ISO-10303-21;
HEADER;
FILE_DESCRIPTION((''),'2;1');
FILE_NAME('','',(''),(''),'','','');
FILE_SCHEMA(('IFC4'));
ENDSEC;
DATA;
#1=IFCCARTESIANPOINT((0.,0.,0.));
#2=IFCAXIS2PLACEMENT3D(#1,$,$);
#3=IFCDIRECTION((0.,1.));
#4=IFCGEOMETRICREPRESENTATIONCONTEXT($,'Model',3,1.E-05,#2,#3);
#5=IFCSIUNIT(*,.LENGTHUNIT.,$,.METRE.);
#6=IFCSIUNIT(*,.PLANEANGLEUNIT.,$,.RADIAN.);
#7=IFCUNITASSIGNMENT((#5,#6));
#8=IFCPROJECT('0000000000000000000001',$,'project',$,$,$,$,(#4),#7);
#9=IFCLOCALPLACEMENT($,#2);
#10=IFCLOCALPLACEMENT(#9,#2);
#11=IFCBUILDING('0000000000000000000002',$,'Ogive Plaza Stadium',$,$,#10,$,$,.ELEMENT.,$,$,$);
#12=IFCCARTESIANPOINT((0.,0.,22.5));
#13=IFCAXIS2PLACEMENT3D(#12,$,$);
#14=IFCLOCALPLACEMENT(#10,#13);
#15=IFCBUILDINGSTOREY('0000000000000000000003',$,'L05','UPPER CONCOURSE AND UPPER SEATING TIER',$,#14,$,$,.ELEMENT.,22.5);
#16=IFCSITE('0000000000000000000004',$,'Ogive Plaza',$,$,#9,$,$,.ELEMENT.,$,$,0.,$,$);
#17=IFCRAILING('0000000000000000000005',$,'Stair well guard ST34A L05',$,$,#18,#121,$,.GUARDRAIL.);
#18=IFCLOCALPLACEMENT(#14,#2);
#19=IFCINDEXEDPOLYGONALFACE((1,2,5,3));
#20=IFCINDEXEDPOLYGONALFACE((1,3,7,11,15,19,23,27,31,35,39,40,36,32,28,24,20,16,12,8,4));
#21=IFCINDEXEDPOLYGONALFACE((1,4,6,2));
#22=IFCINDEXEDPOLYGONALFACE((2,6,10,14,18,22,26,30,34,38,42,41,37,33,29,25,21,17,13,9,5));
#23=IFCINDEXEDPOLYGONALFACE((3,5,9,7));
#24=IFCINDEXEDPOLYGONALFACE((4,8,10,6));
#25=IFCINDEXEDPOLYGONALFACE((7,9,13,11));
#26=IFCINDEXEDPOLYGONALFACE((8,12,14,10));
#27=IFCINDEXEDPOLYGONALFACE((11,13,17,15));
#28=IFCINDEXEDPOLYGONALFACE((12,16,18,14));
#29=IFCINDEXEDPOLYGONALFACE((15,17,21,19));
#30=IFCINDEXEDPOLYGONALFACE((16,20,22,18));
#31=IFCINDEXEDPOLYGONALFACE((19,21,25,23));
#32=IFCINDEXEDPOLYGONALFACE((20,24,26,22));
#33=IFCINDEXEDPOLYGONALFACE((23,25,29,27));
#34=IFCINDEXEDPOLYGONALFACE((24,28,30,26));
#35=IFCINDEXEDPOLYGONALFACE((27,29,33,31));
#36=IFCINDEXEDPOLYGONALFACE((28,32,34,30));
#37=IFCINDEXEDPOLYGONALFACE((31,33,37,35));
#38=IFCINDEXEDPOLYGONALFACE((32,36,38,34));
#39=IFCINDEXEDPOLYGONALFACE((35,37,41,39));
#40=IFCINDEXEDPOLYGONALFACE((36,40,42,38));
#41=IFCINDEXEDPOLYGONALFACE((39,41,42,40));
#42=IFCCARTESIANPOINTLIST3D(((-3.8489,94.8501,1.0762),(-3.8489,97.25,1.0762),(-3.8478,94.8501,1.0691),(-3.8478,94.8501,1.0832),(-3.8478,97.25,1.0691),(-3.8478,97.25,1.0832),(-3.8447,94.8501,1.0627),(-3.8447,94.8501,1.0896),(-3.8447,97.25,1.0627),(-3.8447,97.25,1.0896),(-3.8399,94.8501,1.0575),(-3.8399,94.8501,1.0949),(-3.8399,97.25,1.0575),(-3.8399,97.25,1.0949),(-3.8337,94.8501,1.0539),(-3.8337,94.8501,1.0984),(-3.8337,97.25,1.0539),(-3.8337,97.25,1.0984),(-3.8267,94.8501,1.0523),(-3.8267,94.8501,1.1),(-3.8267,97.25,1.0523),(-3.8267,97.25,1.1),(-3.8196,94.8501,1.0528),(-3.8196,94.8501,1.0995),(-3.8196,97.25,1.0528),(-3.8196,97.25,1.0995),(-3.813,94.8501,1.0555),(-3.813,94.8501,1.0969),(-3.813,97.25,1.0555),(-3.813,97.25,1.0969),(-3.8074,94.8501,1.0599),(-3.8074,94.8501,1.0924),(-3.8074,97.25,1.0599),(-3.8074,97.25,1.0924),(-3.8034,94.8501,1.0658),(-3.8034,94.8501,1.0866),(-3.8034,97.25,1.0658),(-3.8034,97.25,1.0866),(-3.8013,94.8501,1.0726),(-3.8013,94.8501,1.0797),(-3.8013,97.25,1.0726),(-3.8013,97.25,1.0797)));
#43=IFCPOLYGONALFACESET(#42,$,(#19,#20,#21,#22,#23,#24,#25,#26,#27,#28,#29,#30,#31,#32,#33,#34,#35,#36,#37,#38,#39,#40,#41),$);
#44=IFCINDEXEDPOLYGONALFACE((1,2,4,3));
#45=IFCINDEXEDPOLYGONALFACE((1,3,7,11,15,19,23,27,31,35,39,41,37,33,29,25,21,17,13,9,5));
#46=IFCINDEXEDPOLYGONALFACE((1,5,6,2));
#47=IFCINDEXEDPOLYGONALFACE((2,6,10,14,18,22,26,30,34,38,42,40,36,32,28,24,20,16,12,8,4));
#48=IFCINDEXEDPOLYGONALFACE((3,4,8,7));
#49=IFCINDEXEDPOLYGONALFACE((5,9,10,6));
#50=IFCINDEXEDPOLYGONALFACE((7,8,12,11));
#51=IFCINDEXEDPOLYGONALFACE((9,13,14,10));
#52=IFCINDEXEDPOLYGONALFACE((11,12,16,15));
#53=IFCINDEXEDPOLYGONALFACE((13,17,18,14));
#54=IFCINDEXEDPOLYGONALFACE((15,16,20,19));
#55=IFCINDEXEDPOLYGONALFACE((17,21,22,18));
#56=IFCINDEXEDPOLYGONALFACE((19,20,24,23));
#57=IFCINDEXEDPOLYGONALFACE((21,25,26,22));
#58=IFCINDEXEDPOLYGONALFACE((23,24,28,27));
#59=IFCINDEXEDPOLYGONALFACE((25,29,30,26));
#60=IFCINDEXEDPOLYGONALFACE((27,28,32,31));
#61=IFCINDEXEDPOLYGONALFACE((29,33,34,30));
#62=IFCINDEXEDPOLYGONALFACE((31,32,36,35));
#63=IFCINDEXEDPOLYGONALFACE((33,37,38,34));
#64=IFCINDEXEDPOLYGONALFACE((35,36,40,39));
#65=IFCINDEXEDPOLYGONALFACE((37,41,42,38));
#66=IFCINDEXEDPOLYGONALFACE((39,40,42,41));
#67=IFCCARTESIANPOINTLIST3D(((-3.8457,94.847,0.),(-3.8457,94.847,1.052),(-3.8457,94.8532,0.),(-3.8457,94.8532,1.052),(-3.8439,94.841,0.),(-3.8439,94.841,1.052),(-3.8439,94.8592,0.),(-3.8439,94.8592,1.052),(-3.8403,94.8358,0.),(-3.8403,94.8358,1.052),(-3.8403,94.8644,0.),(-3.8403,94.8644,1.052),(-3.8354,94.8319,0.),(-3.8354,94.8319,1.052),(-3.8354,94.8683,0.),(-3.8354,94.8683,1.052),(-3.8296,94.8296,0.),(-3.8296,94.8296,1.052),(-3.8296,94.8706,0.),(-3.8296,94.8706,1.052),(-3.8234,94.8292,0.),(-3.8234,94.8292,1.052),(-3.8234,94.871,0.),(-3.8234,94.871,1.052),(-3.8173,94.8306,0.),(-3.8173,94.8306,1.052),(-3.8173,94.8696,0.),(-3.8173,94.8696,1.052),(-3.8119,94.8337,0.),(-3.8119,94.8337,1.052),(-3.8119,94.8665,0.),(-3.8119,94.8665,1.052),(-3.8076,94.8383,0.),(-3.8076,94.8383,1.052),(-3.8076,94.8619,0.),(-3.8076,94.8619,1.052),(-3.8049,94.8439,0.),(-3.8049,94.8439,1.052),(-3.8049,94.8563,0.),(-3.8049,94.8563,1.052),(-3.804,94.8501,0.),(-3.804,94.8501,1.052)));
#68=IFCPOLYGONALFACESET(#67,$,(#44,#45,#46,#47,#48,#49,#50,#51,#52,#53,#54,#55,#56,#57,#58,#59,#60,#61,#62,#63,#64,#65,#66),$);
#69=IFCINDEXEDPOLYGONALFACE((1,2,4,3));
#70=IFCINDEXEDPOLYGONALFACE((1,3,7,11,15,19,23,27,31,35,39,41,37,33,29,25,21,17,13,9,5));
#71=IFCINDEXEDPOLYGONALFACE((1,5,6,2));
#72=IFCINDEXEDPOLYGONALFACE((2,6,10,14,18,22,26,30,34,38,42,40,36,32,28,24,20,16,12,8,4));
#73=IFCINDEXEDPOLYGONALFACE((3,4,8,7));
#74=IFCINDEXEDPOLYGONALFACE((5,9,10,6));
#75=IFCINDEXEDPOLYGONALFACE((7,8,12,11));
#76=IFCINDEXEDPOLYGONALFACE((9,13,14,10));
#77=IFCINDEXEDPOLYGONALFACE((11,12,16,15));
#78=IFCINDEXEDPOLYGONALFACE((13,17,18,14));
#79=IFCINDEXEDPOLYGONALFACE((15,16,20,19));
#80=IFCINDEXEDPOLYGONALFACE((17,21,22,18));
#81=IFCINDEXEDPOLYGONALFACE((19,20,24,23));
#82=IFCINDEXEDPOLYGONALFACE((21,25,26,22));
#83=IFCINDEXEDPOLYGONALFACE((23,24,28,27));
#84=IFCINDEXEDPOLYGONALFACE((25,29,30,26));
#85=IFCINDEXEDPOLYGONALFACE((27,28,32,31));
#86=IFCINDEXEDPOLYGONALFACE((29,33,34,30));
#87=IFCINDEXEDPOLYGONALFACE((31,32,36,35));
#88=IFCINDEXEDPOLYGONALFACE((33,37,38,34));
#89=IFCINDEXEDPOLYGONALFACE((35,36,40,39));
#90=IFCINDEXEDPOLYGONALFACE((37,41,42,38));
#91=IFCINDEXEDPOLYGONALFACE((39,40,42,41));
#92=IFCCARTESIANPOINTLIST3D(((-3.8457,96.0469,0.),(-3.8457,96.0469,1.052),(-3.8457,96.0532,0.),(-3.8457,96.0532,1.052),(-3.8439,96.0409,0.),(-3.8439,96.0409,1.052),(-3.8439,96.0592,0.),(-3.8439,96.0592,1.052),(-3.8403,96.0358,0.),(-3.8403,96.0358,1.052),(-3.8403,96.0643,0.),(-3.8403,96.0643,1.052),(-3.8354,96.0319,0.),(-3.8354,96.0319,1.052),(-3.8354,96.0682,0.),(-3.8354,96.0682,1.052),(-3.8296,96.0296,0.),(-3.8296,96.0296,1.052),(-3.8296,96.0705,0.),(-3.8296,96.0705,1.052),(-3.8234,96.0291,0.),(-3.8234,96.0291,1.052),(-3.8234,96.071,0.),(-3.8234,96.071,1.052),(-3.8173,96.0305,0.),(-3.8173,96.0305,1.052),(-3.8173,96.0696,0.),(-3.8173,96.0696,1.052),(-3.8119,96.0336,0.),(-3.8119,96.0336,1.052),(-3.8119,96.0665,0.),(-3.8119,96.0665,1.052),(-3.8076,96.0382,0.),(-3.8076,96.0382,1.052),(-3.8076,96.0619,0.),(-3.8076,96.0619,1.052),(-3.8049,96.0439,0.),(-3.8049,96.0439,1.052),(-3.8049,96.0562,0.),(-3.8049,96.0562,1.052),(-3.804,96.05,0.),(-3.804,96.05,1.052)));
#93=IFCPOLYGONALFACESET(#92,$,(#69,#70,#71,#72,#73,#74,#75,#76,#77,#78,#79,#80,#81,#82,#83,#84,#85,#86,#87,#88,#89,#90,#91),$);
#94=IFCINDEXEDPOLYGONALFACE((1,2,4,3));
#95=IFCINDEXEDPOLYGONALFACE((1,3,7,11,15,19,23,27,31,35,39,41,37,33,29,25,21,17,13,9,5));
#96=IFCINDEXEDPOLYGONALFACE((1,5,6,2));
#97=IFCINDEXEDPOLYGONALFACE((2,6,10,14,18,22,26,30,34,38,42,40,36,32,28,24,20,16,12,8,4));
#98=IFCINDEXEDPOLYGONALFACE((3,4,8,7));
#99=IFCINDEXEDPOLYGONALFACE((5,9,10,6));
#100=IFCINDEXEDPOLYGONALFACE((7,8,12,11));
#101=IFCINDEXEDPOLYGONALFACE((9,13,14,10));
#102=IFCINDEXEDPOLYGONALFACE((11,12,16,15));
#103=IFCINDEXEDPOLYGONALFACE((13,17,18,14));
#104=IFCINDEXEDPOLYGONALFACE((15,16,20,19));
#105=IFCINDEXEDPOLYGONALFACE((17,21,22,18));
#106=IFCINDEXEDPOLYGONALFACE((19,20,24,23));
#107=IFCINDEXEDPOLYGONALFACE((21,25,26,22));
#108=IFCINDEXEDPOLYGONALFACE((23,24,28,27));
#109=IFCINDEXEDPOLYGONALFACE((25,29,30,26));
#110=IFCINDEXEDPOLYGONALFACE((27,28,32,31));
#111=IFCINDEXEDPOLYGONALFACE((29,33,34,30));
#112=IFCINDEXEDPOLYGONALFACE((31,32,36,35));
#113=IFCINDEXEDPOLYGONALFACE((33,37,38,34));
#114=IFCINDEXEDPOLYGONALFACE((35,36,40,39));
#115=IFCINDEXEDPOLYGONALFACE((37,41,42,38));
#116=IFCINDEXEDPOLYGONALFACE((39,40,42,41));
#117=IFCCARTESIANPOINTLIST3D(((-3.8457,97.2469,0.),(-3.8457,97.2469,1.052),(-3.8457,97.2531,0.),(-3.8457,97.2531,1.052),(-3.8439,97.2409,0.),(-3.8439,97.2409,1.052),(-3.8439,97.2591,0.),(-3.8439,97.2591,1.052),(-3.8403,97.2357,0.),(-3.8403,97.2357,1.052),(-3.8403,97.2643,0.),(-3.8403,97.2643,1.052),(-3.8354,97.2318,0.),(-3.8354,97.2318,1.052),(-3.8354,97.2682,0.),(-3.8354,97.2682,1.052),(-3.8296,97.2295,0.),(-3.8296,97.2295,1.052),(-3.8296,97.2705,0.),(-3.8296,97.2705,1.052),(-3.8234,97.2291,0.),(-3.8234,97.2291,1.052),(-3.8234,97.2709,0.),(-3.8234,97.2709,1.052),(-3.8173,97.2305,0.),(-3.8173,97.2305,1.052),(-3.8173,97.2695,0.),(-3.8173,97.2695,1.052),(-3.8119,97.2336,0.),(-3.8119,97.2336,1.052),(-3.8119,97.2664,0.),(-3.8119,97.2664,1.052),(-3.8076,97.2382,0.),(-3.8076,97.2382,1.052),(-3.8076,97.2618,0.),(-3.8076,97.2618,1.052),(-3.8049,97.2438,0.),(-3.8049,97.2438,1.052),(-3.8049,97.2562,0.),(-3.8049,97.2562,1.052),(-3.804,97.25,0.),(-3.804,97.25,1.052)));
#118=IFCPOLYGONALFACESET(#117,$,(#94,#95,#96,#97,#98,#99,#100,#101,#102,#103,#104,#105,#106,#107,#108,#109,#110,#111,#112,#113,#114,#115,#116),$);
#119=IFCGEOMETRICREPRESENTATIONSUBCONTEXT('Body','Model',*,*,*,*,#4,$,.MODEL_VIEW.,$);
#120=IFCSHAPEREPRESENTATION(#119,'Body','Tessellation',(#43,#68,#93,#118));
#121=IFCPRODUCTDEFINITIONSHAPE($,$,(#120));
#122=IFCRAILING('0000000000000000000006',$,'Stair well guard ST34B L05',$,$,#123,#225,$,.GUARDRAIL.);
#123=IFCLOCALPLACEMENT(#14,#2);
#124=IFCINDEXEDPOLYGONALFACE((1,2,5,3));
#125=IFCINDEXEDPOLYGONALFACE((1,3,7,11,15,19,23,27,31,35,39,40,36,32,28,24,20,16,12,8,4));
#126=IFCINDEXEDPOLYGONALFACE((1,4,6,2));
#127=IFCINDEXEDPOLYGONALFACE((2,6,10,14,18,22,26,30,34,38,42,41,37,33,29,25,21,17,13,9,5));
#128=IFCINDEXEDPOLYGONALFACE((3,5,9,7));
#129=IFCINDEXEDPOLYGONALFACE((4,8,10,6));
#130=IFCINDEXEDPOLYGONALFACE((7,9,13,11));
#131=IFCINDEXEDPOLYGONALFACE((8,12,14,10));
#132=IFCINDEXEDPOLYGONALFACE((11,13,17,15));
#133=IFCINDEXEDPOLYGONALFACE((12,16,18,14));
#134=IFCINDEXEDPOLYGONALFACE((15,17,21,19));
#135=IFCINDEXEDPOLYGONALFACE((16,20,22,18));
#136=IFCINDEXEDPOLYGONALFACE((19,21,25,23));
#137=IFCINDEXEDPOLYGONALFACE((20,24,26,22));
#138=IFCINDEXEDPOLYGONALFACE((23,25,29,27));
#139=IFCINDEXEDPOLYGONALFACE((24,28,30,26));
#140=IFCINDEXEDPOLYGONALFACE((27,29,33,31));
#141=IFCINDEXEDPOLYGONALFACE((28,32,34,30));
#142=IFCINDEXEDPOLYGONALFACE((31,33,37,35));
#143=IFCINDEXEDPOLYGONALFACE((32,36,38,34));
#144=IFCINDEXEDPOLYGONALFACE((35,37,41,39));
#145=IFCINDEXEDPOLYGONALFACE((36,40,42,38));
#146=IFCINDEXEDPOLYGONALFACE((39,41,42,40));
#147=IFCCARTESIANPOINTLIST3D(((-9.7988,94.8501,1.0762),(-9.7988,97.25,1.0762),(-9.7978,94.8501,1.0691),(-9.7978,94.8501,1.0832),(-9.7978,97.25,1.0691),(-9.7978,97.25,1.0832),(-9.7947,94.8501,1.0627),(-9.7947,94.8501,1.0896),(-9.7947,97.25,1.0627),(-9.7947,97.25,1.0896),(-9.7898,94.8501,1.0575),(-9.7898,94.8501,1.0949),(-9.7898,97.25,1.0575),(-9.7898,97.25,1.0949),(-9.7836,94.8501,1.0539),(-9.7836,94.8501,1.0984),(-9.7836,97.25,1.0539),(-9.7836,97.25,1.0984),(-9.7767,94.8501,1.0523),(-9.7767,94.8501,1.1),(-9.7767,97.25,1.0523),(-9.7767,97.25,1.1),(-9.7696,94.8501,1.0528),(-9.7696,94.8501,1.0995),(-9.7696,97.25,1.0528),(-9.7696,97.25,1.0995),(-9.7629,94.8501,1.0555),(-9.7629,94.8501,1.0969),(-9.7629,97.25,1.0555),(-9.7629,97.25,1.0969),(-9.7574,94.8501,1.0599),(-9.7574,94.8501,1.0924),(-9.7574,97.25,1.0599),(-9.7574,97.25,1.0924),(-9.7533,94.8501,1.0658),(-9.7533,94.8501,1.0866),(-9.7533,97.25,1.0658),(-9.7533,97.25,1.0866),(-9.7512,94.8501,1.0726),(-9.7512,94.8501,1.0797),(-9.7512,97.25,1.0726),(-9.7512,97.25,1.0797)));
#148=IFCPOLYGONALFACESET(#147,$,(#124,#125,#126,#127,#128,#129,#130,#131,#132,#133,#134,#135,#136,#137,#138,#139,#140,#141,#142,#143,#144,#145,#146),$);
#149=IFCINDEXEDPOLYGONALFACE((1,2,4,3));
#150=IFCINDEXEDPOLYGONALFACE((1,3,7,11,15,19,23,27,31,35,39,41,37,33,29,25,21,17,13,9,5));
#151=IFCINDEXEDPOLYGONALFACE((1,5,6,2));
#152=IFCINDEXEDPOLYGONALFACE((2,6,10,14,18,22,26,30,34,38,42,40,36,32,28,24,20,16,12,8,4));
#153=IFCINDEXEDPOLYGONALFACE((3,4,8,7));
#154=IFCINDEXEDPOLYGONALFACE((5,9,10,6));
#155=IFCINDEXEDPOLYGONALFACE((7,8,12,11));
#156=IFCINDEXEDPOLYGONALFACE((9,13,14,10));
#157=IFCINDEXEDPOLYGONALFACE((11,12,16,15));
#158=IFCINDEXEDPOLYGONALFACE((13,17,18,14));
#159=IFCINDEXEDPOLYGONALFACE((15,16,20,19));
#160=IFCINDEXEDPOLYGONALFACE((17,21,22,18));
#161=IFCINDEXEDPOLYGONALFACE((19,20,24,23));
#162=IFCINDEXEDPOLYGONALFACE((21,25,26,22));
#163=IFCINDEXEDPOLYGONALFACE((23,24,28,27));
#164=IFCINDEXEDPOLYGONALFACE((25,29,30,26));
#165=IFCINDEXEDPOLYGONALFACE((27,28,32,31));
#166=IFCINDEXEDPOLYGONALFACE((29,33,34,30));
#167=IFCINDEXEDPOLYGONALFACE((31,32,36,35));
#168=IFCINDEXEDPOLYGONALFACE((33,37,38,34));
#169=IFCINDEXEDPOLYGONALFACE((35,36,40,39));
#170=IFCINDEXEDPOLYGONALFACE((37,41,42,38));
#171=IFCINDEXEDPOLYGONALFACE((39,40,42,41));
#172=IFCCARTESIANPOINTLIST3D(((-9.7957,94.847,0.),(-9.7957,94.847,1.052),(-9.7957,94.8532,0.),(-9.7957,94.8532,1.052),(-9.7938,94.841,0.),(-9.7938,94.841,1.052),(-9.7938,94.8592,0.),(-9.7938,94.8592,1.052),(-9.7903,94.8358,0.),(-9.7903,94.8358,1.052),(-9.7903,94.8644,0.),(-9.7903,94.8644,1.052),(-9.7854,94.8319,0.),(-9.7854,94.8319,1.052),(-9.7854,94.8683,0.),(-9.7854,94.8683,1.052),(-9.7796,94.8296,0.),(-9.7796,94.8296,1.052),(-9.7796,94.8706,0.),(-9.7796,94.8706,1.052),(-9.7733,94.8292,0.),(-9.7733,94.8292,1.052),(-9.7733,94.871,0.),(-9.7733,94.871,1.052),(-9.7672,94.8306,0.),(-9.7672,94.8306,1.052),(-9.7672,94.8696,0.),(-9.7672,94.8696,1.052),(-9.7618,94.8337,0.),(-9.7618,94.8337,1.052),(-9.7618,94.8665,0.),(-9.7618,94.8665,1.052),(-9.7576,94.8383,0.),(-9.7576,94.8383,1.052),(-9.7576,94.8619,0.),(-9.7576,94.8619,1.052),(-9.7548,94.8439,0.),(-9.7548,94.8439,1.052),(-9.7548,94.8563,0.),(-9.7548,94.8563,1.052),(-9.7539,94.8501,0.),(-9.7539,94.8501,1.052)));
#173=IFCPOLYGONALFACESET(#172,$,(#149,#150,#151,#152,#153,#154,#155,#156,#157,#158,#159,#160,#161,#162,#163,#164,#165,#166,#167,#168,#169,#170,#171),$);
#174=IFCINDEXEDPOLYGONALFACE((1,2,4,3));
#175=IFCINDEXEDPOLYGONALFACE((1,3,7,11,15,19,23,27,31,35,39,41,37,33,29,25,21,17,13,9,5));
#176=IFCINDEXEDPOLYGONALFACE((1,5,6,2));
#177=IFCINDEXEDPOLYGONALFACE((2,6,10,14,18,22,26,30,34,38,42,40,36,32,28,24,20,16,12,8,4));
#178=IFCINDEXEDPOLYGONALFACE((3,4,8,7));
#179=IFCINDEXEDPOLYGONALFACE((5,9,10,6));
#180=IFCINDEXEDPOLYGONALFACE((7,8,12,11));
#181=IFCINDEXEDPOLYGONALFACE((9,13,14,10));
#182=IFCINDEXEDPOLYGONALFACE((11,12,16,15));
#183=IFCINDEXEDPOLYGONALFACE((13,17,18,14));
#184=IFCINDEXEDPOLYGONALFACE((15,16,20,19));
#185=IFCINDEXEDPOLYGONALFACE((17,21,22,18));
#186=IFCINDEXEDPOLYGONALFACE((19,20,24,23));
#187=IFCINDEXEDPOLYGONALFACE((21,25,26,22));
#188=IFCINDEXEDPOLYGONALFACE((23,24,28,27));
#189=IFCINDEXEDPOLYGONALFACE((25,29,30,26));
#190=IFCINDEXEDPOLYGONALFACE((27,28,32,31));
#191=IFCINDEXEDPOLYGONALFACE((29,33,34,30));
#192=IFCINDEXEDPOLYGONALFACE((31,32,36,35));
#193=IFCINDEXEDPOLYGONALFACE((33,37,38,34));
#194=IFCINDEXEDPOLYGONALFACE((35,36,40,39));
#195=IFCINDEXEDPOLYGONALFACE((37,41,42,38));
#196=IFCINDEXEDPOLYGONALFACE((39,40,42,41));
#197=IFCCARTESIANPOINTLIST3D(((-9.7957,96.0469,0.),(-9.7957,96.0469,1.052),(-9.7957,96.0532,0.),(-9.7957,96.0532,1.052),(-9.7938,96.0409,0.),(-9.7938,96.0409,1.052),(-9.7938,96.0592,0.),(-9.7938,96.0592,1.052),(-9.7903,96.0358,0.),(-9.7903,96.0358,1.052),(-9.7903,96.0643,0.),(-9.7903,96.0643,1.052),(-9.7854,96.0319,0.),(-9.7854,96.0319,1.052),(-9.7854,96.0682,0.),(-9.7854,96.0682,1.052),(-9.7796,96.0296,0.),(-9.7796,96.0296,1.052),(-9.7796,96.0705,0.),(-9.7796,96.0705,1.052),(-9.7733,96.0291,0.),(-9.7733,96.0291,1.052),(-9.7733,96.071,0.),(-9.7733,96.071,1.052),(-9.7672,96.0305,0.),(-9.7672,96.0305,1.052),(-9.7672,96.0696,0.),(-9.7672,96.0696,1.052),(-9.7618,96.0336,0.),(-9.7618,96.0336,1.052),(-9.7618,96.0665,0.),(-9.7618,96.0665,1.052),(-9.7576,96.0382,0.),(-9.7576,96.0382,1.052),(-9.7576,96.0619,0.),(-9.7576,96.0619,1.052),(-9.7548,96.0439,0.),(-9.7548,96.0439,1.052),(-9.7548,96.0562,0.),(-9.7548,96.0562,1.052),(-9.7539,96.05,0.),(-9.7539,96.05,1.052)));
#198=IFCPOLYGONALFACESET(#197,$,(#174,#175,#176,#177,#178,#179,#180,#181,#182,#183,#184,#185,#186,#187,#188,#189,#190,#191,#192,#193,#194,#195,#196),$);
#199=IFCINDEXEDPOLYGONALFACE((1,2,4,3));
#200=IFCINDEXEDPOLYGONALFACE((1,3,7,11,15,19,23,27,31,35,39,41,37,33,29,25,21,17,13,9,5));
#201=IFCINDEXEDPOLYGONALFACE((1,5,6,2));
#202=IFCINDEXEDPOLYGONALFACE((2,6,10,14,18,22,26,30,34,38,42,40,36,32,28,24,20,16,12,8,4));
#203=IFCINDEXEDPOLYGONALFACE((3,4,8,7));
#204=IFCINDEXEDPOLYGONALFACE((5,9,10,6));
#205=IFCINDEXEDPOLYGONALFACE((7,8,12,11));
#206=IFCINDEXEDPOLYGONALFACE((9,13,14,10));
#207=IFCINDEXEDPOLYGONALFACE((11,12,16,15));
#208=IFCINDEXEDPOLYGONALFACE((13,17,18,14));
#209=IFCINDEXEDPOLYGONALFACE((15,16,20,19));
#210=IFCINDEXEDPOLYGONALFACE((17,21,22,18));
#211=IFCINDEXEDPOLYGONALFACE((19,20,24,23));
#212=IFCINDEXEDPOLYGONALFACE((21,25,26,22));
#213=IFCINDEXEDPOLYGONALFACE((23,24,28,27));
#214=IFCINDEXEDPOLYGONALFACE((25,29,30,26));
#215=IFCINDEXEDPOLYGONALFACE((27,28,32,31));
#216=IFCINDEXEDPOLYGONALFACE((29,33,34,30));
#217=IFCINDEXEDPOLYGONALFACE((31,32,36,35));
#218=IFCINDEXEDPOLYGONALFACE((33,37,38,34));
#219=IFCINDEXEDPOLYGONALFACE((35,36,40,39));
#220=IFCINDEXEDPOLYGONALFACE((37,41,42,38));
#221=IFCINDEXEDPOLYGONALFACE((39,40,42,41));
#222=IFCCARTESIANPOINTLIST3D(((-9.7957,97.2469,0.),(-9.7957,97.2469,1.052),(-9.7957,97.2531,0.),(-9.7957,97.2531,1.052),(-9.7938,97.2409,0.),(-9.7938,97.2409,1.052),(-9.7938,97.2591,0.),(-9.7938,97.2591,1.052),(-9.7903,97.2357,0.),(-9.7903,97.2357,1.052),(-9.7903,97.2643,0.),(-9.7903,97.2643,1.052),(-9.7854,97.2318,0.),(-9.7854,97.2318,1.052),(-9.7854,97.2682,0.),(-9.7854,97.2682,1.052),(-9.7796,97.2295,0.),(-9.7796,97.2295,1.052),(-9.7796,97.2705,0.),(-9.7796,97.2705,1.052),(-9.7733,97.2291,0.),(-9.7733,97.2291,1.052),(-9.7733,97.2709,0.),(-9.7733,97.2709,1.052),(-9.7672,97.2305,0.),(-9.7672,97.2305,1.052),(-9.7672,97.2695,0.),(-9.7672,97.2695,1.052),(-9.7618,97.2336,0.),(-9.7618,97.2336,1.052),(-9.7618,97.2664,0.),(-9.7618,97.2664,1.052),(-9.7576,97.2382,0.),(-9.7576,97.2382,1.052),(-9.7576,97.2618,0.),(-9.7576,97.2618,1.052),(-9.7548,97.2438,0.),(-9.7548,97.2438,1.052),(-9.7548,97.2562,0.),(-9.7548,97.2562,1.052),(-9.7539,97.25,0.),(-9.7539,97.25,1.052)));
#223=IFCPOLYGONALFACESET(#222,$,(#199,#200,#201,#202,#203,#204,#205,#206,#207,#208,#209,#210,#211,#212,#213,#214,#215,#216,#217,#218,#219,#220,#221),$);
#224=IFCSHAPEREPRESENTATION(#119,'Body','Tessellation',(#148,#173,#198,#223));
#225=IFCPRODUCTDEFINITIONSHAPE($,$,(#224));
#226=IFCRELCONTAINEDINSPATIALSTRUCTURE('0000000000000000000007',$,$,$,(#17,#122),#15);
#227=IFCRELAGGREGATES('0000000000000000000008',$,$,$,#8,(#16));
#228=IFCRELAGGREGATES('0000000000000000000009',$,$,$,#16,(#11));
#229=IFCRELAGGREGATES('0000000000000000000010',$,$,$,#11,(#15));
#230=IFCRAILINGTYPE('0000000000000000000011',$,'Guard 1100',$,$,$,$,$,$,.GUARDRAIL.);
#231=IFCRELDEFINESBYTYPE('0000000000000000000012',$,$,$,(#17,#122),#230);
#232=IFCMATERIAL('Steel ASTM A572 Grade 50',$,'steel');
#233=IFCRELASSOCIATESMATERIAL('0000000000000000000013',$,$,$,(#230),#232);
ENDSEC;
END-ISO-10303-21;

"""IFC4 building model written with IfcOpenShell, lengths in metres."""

from ifc_helpers import new_model, si_unit, direction, frame, origin, origin_2d, place, context, subcontext, project, spatial, circle, extrude, material, type_object, element, save


model = new_model("IFC4")

# Units and contexts
model_context = context("Model", 3, precision=1e-05, world=origin(), true_north=direction((0.0, 1.0)))
body_context = subcontext(model_context, "Body", "Model", "MODEL_VIEW")
ifc_project = project(units=[si_unit("LENGTHUNIT", "METRE"), si_unit("PLANEANGLEUNIT", "RADIAN")], contexts=[model_context])

# Site, building, storey
site_placement = place(None, origin())
site = spatial("IfcSite", under=ifc_project, at=site_placement, Name="Ogive Plaza", CompositionType="ELEMENT", RefElevation=0.0)
building_placement = place(site_placement, origin())
building = spatial("IfcBuilding", under=site, at=building_placement, Name="Ogive Plaza Stadium", CompositionType="ELEMENT")
storey_placement = place(building_placement, frame((0.0, 0.0, 22.5)))
storey = spatial("IfcBuildingStorey", under=building, at=storey_placement, Name="L05", Description="UPPER CONCOURSE AND UPPER SEATING TIER", CompositionType="ELEMENT", Elevation=22.5)

# Railings
ifc_material_1 = material(Name="Steel ASTM A572 Grade 50", Category="steel")
railing_type = type_object("IfcRailingType", Name="Guard 1100", PredefinedType="GUARDRAIL", material=ifc_material_1)
for number, where, name in (
    (1, (-3.825, 94.8501, 0.0), "Stair well guard ST34A L05"),
    (2, (-9.7749, 94.8501, 0.0), "Stair well guard ST34B L05"),
):
    element("IfcRailing", number, at=place(storey_placement, frame(where)), inside=storey, type_object=railing_type, Name=name, PredefinedType="GUARDRAIL", context=body_context, shape_type="SweptSolid", body=[
        extrude(circle(Radius=0.0239, at=origin_2d()), frame((0.0, 0.0, 1.0762), z_axis=(0.0, 1.0, 0.0), x_axis=(-1.0, 0.0, 0.0)), (0.0, 0.0, 1.0), 2.3999),
        extrude(circle(Radius=0.021, at=origin_2d()), origin(), (0.0, 0.0, 1.0), 1.052),
        extrude(circle(Radius=0.021, at=origin_2d()), frame((0.0, 1.2, 0.0)), (0.0, 0.0, 1.0), 1.052),
        extrude(circle(Radius=0.021, at=origin_2d()), frame((0.0, 2.3999, 0.0)), (0.0, 0.0, 1.0), 1.052),
    ])

save(model, "model.ifc")
